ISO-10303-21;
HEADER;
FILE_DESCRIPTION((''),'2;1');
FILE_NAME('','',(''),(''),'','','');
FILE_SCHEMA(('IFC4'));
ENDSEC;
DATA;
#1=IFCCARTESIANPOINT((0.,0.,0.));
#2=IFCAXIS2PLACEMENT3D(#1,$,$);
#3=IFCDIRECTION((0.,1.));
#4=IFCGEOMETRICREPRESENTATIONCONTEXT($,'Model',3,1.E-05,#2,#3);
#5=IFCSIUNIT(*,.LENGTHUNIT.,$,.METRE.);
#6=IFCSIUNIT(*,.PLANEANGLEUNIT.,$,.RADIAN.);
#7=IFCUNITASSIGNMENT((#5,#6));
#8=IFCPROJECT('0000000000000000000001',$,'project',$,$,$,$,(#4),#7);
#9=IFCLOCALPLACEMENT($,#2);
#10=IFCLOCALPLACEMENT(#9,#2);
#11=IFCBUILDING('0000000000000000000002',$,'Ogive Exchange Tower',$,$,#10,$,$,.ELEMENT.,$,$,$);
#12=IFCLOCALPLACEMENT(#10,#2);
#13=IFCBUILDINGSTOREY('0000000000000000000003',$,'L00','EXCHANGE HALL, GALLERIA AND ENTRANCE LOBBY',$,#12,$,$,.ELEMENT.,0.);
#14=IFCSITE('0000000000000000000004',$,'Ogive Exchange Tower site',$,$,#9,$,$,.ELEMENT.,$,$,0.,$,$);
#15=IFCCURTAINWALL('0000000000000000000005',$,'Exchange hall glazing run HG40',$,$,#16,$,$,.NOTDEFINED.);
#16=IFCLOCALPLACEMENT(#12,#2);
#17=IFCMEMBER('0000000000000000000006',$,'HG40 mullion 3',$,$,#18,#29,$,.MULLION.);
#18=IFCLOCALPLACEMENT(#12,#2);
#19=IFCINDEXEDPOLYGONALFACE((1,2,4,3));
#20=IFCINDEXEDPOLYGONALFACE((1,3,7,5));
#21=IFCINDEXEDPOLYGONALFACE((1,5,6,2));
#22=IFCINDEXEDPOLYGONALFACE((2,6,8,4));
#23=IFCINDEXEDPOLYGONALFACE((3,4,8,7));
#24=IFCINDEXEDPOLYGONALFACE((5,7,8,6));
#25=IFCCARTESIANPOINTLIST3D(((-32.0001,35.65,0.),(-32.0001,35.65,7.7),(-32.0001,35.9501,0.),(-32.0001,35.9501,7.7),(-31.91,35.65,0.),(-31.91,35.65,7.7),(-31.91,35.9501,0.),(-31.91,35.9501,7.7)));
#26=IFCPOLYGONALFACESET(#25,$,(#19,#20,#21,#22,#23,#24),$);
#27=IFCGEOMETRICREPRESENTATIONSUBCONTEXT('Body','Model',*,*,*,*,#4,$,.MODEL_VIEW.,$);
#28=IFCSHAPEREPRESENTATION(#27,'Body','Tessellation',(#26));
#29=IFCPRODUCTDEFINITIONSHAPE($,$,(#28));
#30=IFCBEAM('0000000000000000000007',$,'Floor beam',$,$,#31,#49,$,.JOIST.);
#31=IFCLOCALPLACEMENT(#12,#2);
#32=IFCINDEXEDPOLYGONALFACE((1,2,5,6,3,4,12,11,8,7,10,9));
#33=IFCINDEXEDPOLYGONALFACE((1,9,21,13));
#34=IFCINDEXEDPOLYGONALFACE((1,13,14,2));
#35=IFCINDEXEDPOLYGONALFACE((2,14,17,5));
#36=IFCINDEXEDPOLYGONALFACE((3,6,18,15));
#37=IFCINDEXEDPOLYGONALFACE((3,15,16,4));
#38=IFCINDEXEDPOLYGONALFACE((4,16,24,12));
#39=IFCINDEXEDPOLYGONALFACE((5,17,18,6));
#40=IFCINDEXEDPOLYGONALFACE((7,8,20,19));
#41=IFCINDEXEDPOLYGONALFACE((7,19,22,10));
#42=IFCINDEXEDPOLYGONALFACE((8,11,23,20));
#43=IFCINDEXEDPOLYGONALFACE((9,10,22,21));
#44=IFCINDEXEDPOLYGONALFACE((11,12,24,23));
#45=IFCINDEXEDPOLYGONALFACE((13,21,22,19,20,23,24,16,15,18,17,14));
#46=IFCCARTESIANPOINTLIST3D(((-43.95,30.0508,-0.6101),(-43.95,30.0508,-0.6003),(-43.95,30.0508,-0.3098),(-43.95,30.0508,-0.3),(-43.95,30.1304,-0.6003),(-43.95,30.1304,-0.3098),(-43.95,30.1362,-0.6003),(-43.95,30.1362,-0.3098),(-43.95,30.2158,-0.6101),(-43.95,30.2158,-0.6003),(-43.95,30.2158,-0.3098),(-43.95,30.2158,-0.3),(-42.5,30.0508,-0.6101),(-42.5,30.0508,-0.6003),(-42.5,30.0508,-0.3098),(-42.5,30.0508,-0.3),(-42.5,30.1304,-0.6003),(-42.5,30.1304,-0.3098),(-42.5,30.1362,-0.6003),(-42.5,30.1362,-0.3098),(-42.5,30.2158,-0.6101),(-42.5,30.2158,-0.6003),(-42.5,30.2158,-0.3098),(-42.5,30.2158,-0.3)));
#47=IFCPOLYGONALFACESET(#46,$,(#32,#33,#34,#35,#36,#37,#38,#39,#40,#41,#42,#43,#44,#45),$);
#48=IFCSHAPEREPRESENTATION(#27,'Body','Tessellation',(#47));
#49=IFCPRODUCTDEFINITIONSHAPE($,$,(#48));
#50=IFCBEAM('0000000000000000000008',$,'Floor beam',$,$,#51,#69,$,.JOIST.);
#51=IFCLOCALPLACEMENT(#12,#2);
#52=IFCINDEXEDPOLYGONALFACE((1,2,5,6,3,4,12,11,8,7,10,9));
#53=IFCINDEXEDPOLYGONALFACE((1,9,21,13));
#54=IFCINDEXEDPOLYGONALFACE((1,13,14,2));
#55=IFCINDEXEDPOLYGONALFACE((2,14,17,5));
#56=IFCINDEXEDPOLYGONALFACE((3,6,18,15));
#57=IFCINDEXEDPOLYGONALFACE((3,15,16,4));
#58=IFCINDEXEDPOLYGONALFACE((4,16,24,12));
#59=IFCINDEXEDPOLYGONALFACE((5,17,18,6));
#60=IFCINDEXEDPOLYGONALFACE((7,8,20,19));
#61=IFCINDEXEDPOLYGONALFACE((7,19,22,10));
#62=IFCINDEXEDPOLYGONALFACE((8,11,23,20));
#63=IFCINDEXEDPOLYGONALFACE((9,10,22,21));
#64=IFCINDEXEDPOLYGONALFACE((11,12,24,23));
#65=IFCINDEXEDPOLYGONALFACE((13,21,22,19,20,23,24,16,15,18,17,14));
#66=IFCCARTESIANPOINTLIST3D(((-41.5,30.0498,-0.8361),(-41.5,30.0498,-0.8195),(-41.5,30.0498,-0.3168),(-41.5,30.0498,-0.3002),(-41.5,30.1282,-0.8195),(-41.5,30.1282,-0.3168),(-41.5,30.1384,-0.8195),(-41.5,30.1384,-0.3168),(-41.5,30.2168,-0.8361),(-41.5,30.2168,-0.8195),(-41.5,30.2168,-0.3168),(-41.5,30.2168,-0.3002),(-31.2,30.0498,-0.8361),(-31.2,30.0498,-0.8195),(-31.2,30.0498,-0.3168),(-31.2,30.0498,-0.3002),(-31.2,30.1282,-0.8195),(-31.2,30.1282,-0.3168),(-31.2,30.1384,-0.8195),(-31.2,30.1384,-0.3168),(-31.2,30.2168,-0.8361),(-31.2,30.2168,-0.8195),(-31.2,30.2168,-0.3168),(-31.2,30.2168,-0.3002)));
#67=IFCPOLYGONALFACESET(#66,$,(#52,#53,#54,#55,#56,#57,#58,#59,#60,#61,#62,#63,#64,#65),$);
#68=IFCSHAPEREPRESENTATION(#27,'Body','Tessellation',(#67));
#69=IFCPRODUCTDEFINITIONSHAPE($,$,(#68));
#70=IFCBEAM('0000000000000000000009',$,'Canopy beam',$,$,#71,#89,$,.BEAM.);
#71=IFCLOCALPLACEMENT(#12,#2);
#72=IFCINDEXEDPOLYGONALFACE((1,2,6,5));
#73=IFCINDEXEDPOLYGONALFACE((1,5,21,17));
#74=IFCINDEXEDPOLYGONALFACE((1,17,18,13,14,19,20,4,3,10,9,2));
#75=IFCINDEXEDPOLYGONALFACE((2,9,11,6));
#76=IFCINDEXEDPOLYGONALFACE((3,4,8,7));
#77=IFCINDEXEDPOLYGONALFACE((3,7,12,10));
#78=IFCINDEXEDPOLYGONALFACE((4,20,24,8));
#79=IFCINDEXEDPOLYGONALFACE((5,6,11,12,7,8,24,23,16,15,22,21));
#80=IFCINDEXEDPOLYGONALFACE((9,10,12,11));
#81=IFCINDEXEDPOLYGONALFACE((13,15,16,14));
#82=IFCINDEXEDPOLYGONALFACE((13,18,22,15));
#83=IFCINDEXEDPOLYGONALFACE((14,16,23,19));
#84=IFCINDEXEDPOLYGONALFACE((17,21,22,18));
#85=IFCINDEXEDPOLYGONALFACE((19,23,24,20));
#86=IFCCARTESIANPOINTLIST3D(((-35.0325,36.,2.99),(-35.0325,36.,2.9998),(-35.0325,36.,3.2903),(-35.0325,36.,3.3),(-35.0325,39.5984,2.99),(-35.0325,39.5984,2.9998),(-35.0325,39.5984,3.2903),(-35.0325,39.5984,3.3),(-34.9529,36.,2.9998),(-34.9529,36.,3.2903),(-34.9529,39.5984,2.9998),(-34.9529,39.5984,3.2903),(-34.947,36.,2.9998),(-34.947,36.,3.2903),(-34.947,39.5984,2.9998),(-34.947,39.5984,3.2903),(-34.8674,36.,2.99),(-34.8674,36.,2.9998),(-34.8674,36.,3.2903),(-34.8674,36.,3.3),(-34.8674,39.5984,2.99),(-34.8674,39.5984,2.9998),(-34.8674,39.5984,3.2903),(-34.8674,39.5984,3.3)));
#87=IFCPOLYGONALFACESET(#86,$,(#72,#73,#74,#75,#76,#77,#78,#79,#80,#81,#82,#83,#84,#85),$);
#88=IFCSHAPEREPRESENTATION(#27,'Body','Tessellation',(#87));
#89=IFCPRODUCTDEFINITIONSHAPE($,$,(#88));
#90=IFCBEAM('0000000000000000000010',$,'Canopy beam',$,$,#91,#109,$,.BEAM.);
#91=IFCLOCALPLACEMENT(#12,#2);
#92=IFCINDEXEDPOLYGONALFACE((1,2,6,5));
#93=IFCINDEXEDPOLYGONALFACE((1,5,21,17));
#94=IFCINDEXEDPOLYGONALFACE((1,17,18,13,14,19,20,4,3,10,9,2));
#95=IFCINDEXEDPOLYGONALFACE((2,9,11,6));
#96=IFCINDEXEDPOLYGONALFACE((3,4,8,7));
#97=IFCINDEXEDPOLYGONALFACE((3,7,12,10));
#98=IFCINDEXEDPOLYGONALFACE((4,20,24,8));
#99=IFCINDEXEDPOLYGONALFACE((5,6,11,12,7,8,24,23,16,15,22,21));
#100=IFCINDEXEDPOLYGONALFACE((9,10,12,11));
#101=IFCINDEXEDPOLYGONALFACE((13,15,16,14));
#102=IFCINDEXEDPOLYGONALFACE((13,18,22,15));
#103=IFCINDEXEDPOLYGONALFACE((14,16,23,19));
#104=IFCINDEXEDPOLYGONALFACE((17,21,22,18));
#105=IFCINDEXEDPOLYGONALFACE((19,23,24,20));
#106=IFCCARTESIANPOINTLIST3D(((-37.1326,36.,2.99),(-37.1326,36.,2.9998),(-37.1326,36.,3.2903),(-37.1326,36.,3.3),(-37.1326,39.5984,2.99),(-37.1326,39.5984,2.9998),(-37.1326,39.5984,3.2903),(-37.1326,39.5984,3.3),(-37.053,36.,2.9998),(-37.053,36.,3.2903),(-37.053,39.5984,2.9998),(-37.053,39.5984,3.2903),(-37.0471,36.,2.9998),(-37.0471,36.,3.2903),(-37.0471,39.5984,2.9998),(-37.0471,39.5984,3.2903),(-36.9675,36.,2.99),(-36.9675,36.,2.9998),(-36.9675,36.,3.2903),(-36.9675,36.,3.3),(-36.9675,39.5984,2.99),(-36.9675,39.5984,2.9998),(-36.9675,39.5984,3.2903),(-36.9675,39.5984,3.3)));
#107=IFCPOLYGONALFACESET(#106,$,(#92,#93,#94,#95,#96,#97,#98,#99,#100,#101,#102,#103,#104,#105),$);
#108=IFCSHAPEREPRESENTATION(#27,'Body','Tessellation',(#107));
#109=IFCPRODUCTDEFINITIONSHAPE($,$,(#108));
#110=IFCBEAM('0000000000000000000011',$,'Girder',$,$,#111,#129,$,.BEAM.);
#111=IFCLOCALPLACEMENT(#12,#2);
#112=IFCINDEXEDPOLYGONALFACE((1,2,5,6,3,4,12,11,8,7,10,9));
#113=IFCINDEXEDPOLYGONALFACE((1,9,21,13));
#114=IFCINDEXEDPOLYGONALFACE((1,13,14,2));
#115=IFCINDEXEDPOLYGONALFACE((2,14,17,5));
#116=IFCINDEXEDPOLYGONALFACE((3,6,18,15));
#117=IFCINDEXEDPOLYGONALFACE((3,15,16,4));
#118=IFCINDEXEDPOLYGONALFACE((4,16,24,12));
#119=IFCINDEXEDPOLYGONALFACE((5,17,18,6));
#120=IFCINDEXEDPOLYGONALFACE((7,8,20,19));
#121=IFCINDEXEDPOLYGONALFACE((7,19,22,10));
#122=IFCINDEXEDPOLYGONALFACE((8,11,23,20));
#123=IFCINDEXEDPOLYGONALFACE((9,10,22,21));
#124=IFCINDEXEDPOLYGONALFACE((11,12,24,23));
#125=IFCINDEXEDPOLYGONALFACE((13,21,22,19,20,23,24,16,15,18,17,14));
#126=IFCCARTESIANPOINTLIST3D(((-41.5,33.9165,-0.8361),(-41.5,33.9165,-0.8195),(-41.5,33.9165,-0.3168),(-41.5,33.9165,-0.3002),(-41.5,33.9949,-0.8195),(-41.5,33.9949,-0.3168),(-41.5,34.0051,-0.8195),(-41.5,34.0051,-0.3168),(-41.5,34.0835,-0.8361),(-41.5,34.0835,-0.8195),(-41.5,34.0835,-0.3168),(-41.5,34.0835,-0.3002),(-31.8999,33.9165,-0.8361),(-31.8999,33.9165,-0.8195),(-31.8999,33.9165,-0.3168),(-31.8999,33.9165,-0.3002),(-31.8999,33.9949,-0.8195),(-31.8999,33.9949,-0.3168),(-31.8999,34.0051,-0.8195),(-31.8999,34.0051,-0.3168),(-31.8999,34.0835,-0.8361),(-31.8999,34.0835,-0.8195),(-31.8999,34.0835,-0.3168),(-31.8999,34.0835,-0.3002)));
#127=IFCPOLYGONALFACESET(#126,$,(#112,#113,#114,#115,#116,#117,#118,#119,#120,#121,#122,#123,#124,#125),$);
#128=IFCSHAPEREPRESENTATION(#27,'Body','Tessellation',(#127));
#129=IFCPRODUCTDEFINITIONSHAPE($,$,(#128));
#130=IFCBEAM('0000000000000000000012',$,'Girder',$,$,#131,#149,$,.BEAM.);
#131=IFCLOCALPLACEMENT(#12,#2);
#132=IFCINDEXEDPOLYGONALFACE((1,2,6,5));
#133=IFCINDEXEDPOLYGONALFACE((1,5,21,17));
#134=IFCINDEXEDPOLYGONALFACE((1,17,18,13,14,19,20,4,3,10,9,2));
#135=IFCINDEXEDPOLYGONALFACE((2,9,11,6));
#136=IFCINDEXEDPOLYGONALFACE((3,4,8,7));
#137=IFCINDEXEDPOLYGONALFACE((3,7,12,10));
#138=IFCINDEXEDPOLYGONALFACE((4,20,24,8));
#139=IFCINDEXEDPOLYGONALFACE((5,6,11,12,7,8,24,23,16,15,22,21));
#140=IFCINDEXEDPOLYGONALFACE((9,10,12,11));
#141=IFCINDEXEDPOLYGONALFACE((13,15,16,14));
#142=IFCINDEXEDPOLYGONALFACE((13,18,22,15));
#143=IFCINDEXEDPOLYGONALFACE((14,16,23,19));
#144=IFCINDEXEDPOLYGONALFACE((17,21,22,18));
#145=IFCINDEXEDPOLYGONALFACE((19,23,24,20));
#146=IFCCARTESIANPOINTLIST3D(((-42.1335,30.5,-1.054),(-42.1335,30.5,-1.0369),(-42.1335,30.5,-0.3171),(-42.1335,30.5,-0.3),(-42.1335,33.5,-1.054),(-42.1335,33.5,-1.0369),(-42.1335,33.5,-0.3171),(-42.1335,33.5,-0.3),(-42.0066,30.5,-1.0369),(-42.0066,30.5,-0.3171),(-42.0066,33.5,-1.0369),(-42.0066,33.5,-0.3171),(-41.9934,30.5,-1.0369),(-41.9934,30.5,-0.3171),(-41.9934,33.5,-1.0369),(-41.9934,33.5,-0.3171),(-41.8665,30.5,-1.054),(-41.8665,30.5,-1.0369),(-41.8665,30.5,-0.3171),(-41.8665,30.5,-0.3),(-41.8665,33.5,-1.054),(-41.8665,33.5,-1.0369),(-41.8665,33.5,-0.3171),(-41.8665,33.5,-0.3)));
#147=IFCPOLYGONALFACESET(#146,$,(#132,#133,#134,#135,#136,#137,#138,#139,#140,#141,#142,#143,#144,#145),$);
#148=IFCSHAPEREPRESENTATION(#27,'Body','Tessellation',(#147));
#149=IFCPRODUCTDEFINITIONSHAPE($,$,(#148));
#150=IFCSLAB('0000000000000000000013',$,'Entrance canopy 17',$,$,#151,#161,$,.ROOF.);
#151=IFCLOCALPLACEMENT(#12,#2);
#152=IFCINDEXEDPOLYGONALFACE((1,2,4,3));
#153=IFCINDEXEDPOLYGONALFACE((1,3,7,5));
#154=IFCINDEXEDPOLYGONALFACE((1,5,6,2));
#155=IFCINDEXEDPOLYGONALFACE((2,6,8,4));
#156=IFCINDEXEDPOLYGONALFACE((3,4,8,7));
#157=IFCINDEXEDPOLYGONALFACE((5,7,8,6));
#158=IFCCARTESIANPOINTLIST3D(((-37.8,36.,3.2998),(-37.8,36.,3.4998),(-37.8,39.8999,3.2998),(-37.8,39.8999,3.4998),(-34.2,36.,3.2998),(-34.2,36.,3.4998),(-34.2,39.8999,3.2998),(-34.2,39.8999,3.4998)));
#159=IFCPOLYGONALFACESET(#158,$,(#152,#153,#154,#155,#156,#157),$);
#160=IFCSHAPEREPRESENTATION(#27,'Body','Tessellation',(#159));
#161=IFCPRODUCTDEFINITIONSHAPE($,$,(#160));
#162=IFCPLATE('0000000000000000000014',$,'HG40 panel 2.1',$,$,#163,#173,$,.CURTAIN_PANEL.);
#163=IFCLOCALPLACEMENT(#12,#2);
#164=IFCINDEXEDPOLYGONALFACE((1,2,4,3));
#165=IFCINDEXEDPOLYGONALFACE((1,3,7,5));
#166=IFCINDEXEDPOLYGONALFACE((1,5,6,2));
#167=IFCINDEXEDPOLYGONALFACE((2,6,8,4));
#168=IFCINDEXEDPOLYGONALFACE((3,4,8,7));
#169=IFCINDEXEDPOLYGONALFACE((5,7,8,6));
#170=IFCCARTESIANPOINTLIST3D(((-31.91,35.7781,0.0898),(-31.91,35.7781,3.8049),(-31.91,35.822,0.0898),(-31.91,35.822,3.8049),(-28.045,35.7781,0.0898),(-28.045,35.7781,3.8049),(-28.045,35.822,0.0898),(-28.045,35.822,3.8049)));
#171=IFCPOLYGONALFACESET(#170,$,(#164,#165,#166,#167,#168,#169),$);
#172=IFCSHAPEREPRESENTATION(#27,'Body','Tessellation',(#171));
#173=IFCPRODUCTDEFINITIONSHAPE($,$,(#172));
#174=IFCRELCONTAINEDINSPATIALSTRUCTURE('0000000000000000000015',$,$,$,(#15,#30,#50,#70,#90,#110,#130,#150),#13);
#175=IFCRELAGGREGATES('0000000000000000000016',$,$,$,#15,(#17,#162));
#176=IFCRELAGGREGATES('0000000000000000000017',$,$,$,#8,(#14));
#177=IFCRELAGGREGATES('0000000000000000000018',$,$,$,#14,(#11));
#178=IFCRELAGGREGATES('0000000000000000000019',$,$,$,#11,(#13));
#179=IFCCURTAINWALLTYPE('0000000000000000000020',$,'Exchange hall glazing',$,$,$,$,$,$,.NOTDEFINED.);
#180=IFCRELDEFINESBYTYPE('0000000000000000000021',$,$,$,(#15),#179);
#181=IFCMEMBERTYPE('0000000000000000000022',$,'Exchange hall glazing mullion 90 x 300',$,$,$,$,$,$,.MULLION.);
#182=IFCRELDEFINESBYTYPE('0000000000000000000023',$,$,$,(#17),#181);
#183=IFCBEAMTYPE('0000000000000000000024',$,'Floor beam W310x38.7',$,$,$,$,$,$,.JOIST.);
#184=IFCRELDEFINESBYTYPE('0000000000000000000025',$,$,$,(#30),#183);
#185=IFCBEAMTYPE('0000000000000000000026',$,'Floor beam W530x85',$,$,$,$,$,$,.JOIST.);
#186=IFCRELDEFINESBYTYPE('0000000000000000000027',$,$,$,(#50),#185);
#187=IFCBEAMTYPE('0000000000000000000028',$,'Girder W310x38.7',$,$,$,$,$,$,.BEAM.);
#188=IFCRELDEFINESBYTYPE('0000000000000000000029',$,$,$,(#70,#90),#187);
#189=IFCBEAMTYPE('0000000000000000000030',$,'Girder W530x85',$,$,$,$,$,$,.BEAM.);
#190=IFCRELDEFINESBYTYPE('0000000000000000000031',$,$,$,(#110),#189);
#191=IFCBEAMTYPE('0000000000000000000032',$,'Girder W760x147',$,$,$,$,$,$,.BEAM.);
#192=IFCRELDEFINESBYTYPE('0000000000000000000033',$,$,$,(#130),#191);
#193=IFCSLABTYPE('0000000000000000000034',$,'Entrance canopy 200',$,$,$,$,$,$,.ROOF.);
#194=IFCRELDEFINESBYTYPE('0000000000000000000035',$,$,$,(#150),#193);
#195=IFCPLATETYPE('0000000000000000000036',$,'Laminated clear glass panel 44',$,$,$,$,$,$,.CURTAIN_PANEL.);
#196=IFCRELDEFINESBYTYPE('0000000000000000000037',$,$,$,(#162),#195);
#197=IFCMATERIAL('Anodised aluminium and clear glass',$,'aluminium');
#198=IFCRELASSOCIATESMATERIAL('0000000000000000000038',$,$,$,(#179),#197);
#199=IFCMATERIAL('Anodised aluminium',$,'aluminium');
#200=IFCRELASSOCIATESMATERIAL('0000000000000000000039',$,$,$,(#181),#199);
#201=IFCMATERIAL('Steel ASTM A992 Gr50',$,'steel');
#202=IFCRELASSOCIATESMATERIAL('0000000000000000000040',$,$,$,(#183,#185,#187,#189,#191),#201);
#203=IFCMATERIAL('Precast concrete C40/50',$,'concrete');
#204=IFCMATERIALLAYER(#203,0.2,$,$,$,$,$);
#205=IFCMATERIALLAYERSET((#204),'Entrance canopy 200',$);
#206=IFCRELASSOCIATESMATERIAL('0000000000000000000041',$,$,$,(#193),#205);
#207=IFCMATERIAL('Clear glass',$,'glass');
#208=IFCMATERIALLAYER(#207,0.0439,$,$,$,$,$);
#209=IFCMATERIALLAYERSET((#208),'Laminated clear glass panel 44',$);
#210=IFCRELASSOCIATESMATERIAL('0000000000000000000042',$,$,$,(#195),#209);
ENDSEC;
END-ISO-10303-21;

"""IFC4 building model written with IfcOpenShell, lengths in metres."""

from ifc_helpers import new_model, si_unit, direction, frame, origin, origin_2d, place, context, subcontext, project, spatial, rectangle, i_section, extrude, material, layer, layer_set, material_profile, profile_set, type_object, element, aggregate, save


model = new_model("IFC4")

# Units and contexts
model_context = context("Model", 3, precision=1e-05, world=origin(), true_north=direction((0.0, 1.0)))
body_context = subcontext(model_context, "Body", "Model", "MODEL_VIEW")
ifc_project = project(units=[si_unit("LENGTHUNIT", "METRE"), si_unit("PLANEANGLEUNIT", "RADIAN")], contexts=[model_context])

# Site, building, storey
site_placement = place(None, origin())
site = spatial("IfcSite", under=ifc_project, at=site_placement, Name="Ogive Exchange Tower site", CompositionType="ELEMENT", RefElevation=0.0)
building_placement = place(site_placement, origin())
building = spatial("IfcBuilding", under=site, at=building_placement, Name="Ogive Exchange Tower", CompositionType="ELEMENT")
storey_placement = place(building_placement, origin())
storey = spatial("IfcBuildingStorey", under=building, at=storey_placement, Name="L00", Description="EXCHANGE HALL, GALLERIA AND ENTRANCE LOBBY", CompositionType="ELEMENT", Elevation=0.0)

# Curtain wall, member
ifc_material_1 = material(Name="Anodised aluminium and clear glass", Category="aluminium")
curtain_wall_type = type_object("IfcCurtainWallType", Name="Exchange hall glazing", PredefinedType="NOTDEFINED", material=ifc_material_1)
curtain_wall_placement = place(storey_placement, origin())
curtain_wall = element("IfcCurtainWall", 1, at=curtain_wall_placement, inside=storey, type_object=curtain_wall_type, Name="Exchange hall glazing run HG40", PredefinedType="NOTDEFINED")
ifc_material_2 = material(Name="Anodised aluminium", Category="aluminium")
ifc_material_profile_1 = material_profile(ifc_material_2, rectangle(XDim=0.3, YDim=0.0901, at=origin_2d()), Name="AL 90x300")
ifc_profile_set_1 = profile_set([ifc_material_profile_1], Name="Anodised aluminium")
member_type_1 = type_object("IfcMemberType", Name="Exchange hall glazing mullion 90 x 300", PredefinedType="MULLION", material=ifc_profile_set_1)
member_1_placement = place(storey_placement, frame((-31.9551, 35.8, 0.0), z_axis=(0.0, 0.0, 1.0), x_axis=(0.0, -1.0, 0.0)))
member_1 = element("IfcMember", 2, at=member_1_placement, type_object=member_type_1, Name="HG40 mullion 3", PredefinedType="MULLION", context=body_context, shape_type="SweptSolid", body=[
    extrude(rectangle(XDim=0.3, YDim=0.0901, at=origin_2d()), origin(), (0.0, 0.0, 1.0), 7.7),
])

# Beams
ifc_material_3 = material(Name="Steel ASTM A992 Gr50", Category="steel")
ifc_material_profile_2 = material_profile(ifc_material_3, i_section(OverallWidth=0.165, OverallDepth=0.3101, WebThickness=0.0059, FlangeThickness=0.0098, at=origin_2d()), Name="W310x38.7")
ifc_profile_set_2 = profile_set([ifc_material_profile_2], Name="Steel ASTM A992 Gr50")
beam_type_1 = type_object("IfcBeamType", Name="Floor beam W310x38.7", PredefinedType="JOIST", material=ifc_profile_set_2)
beam_1_placement = place(storey_placement, frame((-43.95, 30.1333, -0.4551), z_axis=(1.0, 0.0, 0.0), x_axis=(0.0, 1.0, 0.0)))
element("IfcBeam", 3, at=beam_1_placement, inside=storey, type_object=beam_type_1, Name="Floor beam", PredefinedType="JOIST", context=body_context, shape_type="SweptSolid", body=[
    extrude(i_section(OverallWidth=0.165, OverallDepth=0.3101, WebThickness=0.0059, FlangeThickness=0.0098, at=origin_2d()), origin(), (0.0, 0.0, 1.0), 1.45),
])
ifc_material_profile_3 = material_profile(ifc_material_3, i_section(OverallWidth=0.167, OverallDepth=0.5359, WebThickness=0.0103, FlangeThickness=0.0166, at=origin_2d()), Name="W530x85")
ifc_profile_set_3 = profile_set([ifc_material_profile_3], Name="Steel ASTM A992 Gr50")
beam_type_2 = type_object("IfcBeamType", Name="Floor beam W530x85", PredefinedType="JOIST", material=ifc_profile_set_3)
beam_2_placement = place(storey_placement, frame((-41.5, 30.1333, -0.5681), z_axis=(1.0, 0.0, 0.0), x_axis=(0.0, 1.0, 0.0)))
element("IfcBeam", 4, at=beam_2_placement, inside=storey, type_object=beam_type_2, Name="Floor beam", PredefinedType="JOIST", context=body_context, shape_type="SweptSolid", body=[
    extrude(i_section(OverallWidth=0.167, OverallDepth=0.5359, WebThickness=0.0103, FlangeThickness=0.0166, at=origin_2d()), origin(), (0.0, 0.0, 1.0), 10.3),
])
ifc_material_profile_4 = material_profile(ifc_material_3, i_section(OverallWidth=0.165, OverallDepth=0.3101, WebThickness=0.0059, FlangeThickness=0.0098, at=origin_2d()), Name="W310x38.7")
ifc_profile_set_4 = profile_set([ifc_material_profile_4], Name="Steel ASTM A992 Gr50")
beam_type_3 = type_object("IfcBeamType", Name="Girder W310x38.7", PredefinedType="BEAM", material=ifc_profile_set_4)
for number, where, z_axis, x_axis, name in (
    (5, (-34.95, 36.0, 3.145), (0.0, 1.0, 0.0), (-1.0, 0.0, 0.0), "Canopy beam"),
    (6, (-37.05, 36.0, 3.145), (0.0, 1.0, 0.0), (-1.0, 0.0, 0.0), "Canopy beam"),
):
    element("IfcBeam", number, at=place(storey_placement, frame(where, z_axis=z_axis, x_axis=x_axis)), inside=storey, type_object=beam_type_3, Name=name, PredefinedType="BEAM", context=body_context, shape_type="SweptSolid", body=[
        extrude(i_section(OverallWidth=0.165, OverallDepth=0.3101, WebThickness=0.0059, FlangeThickness=0.0098, at=origin_2d()), origin(), (0.0, 0.0, 1.0), 3.5984),
    ])
ifc_material_profile_5 = material_profile(ifc_material_3, i_section(OverallWidth=0.167, OverallDepth=0.5359, WebThickness=0.0103, FlangeThickness=0.0166, at=origin_2d()), Name="W530x85")
ifc_profile_set_5 = profile_set([ifc_material_profile_5], Name="Steel ASTM A992 Gr50")
beam_type_4 = type_object("IfcBeamType", Name="Girder W530x85", PredefinedType="BEAM", material=ifc_profile_set_5)
beam_3_placement = place(storey_placement, frame((-41.5, 34.0, -0.5681), z_axis=(1.0, 0.0, 0.0), x_axis=(0.0, 1.0, 0.0)))
element("IfcBeam", 7, at=beam_3_placement, inside=storey, type_object=beam_type_4, Name="Girder", PredefinedType="BEAM", context=body_context, shape_type="SweptSolid", body=[
    extrude(i_section(OverallWidth=0.167, OverallDepth=0.5359, WebThickness=0.0103, FlangeThickness=0.0166, at=origin_2d()), origin(), (0.0, 0.0, 1.0), 9.6001),
])
ifc_material_profile_6 = material_profile(ifc_material_3, i_section(OverallWidth=0.2671, OverallDepth=0.7539, WebThickness=0.0132, FlangeThickness=0.0171, at=origin_2d()), Name="W760x147")
ifc_profile_set_6 = profile_set([ifc_material_profile_6], Name="Steel ASTM A992 Gr50")
beam_type_5 = type_object("IfcBeamType", Name="Girder W760x147", PredefinedType="BEAM", material=ifc_profile_set_6)
beam_4_placement = place(storey_placement, frame((-42.0, 30.5, -0.677), z_axis=(0.0, 1.0, 0.0), x_axis=(-1.0, 0.0, 0.0)))
element("IfcBeam", 8, at=beam_4_placement, inside=storey, type_object=beam_type_5, Name="Girder", PredefinedType="BEAM", context=body_context, shape_type="SweptSolid", body=[
    extrude(i_section(OverallWidth=0.2671, OverallDepth=0.7539, WebThickness=0.0132, FlangeThickness=0.0171, at=origin_2d()), origin(), (0.0, 0.0, 1.0), 3.0),
])

# Slab
ifc_material_4 = material(Name="Precast concrete C40/50", Category="concrete")
ifc_layer_1 = layer(ifc_material_4, 0.2)
ifc_layer_set_1 = layer_set([ifc_layer_1], Name="Entrance canopy 200")
slab_type = type_object("IfcSlabType", Name="Entrance canopy 200", PredefinedType="ROOF", material=ifc_layer_set_1)
slab_placement = place(storey_placement, frame((-36.0, 37.95, 3.2998), z_axis=(0.0, 0.0, 1.0), x_axis=(-1.0, 0.0, 0.0)))
element("IfcSlab", 9, at=slab_placement, inside=storey, type_object=slab_type, Name="Entrance canopy 17", PredefinedType="ROOF", context=body_context, shape_type="SweptSolid", body=[
    extrude(rectangle(XDim=3.6001, YDim=3.8999, at=origin_2d()), origin(), (0.0, 0.0, 1.0), 0.2),
])

# Plate
ifc_material_5 = material(Name="Clear glass", Category="glass")
ifc_layer_2 = layer(ifc_material_5, 0.0439)
ifc_layer_set_2 = layer_set([ifc_layer_2], Name="Laminated clear glass panel 44")
plate_type = type_object("IfcPlateType", Name="Laminated clear glass panel 44", PredefinedType="CURTAIN_PANEL", material=ifc_layer_set_2)
plate_placement = place(storey_placement, frame((-29.9775, 35.8, 0.0898), z_axis=(0.0, 0.0, 1.0), x_axis=(-1.0, 0.0, 0.0)))
plate = element("IfcPlate", 10, at=plate_placement, type_object=plate_type, Name="HG40 panel 2.1", PredefinedType="CURTAIN_PANEL", context=body_context, shape_type="SweptSolid", body=[
    extrude(rectangle(XDim=3.865, YDim=0.0439, at=origin_2d()), origin(), (0.0, 0.0, 1.0), 3.7151),
])
aggregate(curtain_wall, [member_1, plate])

save(model, "model.ifc")
